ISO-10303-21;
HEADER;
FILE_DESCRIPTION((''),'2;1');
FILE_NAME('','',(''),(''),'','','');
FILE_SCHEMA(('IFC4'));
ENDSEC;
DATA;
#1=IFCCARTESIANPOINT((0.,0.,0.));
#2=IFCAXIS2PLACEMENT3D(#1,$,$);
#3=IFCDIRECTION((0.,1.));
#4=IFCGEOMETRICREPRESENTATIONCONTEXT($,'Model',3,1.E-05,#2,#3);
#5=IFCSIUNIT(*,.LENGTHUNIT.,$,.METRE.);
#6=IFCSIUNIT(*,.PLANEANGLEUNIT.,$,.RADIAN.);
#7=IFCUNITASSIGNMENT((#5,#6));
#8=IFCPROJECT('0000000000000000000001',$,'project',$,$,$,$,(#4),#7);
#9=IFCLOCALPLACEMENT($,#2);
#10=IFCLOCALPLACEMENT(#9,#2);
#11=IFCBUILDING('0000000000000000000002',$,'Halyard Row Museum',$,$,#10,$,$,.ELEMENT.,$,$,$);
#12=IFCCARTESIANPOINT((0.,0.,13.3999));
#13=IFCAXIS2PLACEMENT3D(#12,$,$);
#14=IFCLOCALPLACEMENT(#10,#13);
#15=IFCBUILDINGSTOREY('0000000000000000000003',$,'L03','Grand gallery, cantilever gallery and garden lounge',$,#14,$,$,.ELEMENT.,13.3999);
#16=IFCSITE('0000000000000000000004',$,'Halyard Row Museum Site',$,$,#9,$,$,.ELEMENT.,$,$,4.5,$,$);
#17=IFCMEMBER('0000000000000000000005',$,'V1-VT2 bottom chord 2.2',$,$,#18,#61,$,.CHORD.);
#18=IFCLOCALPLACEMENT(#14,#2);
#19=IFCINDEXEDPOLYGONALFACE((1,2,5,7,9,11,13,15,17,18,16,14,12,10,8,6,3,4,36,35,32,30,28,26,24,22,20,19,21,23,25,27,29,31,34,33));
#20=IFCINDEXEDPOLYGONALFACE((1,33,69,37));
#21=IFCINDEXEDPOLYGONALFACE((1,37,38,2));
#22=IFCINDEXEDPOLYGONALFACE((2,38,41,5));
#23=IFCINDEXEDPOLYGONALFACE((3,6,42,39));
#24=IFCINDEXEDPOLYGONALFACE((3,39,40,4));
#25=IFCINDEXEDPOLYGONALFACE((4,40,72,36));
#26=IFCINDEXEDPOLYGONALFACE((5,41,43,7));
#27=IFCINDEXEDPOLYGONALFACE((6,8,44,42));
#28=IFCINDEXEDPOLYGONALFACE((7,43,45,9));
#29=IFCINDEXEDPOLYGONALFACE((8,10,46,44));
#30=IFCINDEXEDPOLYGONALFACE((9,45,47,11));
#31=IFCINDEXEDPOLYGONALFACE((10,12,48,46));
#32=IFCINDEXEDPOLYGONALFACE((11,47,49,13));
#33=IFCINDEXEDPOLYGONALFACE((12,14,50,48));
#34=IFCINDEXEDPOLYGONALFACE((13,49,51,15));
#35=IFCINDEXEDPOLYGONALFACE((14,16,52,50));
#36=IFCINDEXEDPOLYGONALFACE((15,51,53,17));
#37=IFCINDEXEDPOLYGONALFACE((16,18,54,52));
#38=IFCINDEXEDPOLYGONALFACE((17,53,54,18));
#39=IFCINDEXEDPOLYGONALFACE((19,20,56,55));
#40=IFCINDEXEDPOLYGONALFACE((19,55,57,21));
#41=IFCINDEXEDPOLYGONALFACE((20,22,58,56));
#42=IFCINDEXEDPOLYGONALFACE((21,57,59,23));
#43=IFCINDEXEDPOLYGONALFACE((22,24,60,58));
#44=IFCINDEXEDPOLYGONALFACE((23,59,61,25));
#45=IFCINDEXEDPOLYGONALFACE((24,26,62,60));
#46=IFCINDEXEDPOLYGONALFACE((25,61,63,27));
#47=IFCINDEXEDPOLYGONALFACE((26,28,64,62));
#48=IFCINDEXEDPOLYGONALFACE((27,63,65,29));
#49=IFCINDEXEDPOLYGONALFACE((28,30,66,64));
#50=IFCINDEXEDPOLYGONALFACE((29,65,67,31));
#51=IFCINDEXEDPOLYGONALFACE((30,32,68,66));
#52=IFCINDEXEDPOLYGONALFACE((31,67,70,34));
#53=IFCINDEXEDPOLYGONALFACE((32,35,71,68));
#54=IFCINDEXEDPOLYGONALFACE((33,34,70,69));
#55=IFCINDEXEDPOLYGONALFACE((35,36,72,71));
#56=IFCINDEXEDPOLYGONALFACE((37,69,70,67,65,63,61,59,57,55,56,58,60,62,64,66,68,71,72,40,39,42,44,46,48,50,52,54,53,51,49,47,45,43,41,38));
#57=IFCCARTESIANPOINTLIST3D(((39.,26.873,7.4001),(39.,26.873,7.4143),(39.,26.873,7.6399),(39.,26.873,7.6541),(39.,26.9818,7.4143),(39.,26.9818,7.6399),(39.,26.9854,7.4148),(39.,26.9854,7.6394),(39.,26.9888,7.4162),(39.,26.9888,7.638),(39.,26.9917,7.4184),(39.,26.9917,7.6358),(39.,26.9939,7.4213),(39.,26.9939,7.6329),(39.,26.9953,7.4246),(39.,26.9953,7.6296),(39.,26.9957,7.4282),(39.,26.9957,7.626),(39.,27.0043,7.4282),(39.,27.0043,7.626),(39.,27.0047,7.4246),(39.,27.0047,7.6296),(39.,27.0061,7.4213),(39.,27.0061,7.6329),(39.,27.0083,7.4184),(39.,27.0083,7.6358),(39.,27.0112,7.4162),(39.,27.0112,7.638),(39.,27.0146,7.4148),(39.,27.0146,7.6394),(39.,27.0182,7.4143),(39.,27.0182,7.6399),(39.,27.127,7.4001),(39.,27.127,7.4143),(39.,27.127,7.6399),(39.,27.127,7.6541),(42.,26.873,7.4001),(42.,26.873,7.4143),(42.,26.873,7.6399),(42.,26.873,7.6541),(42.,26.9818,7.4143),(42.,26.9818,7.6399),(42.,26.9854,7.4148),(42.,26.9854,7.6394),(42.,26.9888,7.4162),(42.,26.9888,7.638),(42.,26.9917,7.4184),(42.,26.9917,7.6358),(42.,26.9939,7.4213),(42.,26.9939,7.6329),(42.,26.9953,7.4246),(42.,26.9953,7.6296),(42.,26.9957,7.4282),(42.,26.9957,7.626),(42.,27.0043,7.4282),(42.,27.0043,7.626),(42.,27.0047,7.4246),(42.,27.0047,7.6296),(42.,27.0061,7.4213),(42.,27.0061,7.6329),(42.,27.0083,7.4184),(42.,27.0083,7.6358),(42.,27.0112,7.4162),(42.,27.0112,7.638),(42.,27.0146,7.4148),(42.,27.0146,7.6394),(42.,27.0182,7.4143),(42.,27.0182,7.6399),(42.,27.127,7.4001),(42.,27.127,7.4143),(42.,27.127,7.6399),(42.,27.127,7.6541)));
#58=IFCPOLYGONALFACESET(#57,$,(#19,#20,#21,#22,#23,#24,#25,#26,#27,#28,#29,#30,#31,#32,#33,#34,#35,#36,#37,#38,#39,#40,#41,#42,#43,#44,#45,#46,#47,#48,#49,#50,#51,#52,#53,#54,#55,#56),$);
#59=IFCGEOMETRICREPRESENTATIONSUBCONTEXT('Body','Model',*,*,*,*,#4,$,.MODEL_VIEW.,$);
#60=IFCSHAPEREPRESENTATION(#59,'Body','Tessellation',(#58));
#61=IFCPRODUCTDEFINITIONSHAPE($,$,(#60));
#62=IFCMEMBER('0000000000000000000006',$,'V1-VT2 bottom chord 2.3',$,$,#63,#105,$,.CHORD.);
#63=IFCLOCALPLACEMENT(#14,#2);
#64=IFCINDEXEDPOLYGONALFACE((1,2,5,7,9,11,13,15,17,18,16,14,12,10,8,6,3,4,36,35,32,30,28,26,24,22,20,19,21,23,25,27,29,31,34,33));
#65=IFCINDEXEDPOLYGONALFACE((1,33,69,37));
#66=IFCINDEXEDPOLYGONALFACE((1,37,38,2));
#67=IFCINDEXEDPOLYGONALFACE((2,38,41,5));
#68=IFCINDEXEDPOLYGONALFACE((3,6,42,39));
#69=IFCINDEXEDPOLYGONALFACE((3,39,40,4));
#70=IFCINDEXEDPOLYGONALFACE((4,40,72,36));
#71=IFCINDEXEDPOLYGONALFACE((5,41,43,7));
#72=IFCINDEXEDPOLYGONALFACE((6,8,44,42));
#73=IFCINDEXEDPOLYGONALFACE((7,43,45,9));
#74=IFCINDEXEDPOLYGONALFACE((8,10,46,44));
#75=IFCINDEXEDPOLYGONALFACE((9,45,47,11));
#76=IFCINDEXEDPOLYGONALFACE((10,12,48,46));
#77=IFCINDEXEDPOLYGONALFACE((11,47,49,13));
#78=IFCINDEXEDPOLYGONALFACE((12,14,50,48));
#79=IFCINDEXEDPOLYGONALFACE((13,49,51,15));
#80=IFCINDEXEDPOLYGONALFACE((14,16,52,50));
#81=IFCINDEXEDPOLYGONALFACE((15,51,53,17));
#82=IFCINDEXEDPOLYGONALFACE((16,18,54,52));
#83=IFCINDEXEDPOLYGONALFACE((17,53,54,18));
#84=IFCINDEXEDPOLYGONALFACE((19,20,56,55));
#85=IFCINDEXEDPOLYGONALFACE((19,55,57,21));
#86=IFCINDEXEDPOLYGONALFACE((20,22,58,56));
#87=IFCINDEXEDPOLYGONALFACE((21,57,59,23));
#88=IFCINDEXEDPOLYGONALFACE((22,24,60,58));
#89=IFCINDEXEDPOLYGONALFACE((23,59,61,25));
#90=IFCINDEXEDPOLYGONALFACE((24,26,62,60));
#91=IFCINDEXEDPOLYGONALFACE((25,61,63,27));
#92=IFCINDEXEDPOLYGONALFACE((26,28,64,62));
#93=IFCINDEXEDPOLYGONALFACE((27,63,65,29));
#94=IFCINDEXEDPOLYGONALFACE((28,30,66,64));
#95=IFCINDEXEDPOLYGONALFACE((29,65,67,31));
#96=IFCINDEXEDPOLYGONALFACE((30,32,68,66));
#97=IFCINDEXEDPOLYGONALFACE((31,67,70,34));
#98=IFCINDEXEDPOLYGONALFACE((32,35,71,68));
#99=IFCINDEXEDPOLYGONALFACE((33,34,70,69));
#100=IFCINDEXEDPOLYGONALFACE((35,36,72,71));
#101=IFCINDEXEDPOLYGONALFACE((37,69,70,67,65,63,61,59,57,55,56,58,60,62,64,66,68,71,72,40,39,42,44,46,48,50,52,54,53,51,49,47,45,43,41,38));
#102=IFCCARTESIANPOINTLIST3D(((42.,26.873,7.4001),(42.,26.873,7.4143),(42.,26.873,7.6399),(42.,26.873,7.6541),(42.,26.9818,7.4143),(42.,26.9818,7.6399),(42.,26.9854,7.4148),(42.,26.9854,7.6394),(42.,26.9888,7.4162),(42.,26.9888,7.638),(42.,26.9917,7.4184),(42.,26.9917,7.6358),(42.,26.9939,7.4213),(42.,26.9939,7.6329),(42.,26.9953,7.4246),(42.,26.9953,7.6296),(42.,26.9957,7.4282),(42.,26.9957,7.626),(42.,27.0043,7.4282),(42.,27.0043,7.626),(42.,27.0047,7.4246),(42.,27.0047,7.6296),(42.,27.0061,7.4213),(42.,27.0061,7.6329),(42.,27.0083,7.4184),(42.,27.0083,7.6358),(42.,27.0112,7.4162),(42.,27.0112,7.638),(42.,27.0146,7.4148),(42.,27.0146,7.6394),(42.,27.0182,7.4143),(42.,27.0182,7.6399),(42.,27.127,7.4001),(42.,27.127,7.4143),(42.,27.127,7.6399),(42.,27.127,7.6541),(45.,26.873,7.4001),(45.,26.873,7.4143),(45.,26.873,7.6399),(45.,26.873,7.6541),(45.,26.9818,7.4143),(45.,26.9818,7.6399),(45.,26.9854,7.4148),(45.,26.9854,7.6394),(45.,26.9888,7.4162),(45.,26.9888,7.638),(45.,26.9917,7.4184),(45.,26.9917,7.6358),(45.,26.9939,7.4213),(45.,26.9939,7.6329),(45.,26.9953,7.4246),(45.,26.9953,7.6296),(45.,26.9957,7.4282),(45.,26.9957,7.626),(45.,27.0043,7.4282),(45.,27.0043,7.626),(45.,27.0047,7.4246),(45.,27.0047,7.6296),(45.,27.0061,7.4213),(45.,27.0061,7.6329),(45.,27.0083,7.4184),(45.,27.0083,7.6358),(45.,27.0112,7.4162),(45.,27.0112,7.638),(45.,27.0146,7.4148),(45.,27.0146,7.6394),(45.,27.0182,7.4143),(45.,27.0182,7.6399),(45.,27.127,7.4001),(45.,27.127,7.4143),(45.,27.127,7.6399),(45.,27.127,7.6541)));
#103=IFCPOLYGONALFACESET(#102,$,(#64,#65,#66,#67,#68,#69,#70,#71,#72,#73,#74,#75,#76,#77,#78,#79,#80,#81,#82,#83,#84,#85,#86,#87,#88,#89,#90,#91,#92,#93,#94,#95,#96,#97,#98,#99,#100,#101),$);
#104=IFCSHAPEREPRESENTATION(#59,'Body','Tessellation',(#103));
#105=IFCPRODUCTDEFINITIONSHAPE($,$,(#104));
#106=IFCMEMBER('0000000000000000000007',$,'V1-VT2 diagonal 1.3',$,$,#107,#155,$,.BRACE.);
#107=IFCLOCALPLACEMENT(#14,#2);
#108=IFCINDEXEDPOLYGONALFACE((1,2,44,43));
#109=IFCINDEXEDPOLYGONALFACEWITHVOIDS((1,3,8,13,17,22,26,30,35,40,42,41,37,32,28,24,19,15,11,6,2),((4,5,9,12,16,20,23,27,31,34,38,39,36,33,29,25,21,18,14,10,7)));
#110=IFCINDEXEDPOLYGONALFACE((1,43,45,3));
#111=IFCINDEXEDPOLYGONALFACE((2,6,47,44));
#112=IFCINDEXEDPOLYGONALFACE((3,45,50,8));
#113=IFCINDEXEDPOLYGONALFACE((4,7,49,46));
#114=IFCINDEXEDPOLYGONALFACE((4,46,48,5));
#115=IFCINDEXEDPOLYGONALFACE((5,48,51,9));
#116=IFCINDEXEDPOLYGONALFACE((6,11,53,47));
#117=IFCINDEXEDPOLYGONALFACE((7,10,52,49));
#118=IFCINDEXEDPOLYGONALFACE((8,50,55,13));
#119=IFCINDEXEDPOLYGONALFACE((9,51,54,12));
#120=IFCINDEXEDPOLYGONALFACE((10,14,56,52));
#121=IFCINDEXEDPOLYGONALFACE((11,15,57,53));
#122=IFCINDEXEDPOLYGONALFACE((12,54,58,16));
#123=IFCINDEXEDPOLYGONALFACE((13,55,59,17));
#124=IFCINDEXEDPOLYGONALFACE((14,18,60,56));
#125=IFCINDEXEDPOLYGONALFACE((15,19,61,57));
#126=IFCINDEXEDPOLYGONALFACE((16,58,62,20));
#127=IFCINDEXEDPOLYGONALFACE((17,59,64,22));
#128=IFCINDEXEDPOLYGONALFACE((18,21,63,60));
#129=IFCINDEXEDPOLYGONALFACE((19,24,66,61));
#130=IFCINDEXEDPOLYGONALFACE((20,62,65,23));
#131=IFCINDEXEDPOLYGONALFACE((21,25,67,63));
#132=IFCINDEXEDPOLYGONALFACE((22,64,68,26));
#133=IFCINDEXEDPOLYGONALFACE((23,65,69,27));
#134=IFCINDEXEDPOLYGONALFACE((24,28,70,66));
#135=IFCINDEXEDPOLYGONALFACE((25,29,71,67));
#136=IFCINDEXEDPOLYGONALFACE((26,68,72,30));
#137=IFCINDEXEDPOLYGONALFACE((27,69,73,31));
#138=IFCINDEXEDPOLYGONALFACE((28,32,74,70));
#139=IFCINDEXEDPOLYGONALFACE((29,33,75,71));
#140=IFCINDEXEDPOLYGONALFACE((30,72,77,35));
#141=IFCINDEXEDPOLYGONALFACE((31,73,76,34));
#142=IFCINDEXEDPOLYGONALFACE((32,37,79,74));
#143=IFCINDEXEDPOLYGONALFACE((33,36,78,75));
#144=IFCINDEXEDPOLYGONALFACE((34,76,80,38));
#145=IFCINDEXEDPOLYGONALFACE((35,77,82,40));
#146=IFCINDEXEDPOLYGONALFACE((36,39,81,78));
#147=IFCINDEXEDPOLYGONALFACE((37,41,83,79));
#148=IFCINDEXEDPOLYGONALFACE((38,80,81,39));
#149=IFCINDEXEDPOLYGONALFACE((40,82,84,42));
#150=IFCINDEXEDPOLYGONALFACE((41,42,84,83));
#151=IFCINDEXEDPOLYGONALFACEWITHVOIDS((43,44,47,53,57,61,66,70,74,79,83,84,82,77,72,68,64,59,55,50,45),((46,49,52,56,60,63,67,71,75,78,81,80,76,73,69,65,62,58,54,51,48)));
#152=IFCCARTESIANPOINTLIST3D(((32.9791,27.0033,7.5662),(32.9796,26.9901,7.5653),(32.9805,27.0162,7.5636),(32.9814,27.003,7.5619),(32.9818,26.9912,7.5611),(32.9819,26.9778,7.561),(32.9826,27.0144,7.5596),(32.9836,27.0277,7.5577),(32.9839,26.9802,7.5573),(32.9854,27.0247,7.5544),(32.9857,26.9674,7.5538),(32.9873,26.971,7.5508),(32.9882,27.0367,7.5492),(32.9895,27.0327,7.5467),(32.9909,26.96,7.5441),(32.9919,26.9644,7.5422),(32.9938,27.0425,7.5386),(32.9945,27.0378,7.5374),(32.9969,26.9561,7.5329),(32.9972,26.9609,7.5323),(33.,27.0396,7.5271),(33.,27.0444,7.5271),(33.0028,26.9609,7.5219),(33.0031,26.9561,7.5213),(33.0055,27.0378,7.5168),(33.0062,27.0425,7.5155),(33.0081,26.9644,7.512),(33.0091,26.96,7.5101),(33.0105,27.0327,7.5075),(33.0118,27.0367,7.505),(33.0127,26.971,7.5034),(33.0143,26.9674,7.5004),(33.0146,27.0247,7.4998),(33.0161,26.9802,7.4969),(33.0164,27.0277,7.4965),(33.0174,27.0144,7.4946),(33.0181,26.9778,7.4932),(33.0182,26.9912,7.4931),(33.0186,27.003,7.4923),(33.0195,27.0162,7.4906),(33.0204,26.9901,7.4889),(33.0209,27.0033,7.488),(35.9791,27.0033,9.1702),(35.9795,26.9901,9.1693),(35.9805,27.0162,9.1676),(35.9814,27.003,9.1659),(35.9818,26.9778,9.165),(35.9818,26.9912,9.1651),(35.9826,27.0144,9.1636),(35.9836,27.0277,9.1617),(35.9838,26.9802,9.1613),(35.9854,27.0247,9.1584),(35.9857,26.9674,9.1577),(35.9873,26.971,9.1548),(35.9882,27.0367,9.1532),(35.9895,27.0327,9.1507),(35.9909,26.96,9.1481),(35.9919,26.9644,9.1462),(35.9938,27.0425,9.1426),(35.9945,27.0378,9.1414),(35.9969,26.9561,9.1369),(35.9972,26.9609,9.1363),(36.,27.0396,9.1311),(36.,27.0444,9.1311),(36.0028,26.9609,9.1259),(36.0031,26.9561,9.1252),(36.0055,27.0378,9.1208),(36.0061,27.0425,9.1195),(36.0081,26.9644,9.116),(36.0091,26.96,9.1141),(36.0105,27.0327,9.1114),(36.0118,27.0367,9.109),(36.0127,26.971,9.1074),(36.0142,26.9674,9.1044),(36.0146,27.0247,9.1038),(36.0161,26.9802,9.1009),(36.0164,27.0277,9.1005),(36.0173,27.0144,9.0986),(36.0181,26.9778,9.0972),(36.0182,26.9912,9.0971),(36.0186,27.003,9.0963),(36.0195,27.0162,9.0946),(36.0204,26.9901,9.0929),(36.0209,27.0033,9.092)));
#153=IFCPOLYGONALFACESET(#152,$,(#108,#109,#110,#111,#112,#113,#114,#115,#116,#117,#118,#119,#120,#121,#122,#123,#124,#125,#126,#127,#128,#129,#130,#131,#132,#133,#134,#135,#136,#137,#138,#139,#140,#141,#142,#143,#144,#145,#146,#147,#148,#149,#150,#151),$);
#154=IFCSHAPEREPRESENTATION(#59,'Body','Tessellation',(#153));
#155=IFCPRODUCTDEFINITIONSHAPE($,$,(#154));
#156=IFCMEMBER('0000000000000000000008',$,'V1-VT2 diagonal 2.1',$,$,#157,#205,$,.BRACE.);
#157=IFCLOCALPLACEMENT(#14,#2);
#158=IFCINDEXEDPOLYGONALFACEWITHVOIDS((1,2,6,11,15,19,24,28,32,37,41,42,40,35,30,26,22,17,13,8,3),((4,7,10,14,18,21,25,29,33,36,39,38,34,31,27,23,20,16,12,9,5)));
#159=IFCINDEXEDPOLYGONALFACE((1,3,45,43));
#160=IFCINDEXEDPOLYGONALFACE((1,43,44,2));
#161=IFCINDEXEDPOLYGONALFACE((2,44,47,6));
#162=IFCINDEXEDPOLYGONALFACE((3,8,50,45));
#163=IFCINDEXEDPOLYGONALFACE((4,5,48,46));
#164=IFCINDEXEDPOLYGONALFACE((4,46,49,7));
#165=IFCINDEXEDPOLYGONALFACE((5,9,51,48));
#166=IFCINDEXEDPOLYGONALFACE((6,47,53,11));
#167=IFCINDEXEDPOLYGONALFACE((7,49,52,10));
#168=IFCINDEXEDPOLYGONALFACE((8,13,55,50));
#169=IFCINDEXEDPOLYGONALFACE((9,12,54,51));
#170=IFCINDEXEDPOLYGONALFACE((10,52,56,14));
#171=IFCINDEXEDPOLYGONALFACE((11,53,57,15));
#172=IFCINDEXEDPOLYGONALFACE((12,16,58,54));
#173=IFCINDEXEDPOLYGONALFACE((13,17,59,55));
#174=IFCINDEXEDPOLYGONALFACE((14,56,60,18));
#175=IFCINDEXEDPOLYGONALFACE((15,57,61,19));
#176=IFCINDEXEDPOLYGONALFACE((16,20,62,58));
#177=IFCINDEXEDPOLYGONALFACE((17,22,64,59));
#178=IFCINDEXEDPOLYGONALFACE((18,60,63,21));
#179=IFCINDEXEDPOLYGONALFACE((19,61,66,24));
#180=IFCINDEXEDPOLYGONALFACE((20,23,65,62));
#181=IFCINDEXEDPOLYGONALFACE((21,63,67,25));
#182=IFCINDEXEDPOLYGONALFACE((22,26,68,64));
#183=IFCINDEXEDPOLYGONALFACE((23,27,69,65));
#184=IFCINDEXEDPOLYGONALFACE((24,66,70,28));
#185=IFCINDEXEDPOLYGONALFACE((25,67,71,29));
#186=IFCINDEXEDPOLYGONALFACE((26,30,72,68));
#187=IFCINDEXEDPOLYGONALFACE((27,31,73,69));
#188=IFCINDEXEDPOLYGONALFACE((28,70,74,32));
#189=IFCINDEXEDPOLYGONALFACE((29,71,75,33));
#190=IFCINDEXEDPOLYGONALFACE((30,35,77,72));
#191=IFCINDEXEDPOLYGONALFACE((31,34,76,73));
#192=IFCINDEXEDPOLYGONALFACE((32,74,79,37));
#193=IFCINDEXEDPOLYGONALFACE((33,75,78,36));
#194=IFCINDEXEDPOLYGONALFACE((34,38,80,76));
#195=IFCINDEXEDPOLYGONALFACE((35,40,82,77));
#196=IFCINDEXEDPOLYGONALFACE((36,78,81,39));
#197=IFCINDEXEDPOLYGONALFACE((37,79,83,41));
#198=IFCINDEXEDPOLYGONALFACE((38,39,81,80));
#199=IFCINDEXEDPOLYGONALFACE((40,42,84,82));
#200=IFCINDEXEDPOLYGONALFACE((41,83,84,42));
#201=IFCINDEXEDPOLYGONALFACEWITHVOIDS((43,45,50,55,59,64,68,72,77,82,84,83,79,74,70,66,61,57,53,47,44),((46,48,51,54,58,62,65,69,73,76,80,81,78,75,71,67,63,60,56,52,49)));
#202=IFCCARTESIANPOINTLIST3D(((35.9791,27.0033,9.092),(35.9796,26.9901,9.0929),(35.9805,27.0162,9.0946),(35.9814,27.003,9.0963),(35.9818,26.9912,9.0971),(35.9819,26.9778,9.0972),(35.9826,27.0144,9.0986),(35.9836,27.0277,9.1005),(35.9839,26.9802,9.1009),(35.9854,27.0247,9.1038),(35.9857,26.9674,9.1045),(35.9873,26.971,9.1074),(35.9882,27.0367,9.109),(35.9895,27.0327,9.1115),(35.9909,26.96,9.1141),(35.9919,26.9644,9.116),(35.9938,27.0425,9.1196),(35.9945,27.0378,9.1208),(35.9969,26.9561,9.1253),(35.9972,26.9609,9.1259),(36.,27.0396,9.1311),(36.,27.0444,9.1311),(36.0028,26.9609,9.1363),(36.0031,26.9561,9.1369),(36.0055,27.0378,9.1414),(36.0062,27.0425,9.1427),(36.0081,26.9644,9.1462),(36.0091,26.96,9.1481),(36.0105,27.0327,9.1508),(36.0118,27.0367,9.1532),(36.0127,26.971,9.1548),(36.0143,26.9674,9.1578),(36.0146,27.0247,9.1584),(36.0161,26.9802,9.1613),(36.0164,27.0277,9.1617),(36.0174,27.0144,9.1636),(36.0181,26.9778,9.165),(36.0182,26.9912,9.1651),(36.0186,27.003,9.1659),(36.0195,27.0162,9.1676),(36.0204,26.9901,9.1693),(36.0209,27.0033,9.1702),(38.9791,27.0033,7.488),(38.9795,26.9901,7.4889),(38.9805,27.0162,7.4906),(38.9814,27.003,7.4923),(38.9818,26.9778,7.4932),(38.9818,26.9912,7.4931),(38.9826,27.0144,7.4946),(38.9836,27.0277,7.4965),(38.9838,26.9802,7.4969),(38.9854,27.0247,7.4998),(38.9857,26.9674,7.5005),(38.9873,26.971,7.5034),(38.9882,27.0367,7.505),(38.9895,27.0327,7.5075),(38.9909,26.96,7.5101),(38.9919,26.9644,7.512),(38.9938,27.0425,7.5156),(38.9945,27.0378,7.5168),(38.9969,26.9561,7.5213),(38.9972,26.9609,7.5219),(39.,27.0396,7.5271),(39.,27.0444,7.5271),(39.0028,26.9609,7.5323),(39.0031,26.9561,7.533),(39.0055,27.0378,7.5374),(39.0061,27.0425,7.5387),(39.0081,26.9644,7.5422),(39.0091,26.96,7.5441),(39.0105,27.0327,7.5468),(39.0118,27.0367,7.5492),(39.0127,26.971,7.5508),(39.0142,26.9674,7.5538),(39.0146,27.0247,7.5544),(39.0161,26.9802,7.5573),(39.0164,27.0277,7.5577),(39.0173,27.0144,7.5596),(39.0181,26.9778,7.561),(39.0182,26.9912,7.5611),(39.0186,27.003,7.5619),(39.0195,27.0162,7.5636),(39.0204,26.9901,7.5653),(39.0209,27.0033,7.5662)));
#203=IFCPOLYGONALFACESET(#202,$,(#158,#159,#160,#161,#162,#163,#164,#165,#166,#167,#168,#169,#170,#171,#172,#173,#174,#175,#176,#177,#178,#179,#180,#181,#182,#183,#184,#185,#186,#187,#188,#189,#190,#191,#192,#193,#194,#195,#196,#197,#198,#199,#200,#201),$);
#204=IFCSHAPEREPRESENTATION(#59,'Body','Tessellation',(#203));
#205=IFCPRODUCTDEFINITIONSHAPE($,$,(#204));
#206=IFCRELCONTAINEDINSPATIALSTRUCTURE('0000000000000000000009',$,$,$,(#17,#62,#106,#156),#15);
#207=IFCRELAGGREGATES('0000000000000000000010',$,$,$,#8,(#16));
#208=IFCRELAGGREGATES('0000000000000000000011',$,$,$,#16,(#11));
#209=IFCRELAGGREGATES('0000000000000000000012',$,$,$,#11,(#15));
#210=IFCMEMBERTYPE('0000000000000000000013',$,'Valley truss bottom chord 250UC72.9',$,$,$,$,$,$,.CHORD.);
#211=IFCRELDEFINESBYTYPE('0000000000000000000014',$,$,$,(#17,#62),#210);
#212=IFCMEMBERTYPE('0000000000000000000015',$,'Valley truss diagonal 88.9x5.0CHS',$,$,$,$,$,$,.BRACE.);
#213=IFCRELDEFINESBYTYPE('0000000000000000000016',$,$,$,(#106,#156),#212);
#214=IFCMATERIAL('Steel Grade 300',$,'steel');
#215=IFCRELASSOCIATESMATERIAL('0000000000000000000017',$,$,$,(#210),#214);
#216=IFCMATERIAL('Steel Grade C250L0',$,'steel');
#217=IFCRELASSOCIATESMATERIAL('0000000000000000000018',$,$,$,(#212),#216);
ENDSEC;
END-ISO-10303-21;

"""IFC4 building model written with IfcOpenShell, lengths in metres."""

from ifc_helpers import new_model, si_unit, direction, frame, origin, origin_2d, place, context, subcontext, project, spatial, hollow_circle, i_section, extrude, material, material_profile, profile_set, type_object, element, save


model = new_model("IFC4")

# Units and contexts
model_context = context("Model", 3, precision=1e-05, world=origin(), true_north=direction((0.0, 1.0)))
body_context = subcontext(model_context, "Body", "Model", "MODEL_VIEW")
ifc_project = project(units=[si_unit("LENGTHUNIT", "METRE"), si_unit("PLANEANGLEUNIT", "RADIAN")], contexts=[model_context])

# Site, building, storey
site_placement = place(None, origin())
site = spatial("IfcSite", under=ifc_project, at=site_placement, Name="Halyard Row Museum Site", CompositionType="ELEMENT", RefElevation=4.5)
building_placement = place(site_placement, origin())
building = spatial("IfcBuilding", under=site, at=building_placement, Name="Halyard Row Museum", CompositionType="ELEMENT")
storey_placement = place(building_placement, frame((0.0, 0.0, 13.3999)))
storey = spatial("IfcBuildingStorey", under=building, at=storey_placement, Name="L03", Description="Grand gallery, cantilever gallery and garden lounge", CompositionType="ELEMENT", Elevation=13.3999)

# Members
ifc_material_1 = material(Name="Steel Grade 300", Category="steel")
ifc_material_profile_1 = material_profile(ifc_material_1, i_section(OverallWidth=0.2539, OverallDepth=0.2539, WebThickness=0.0085, FlangeThickness=0.0142, FilletRadius=0.0139, at=origin_2d()), Name="250UC72.9")
ifc_profile_set_1 = profile_set([ifc_material_profile_1], Name="Steel Grade 300")
member_type_1 = type_object("IfcMemberType", Name="Valley truss bottom chord 250UC72.9", PredefinedType="CHORD", material=ifc_profile_set_1)
for number, where, z_axis, x_axis, name in (
    (1, (39.0, 27.0, 7.5271), (1.0, 0.0, 0.0), (0.0, 1.0, 0.0), "V1-VT2 bottom chord 2.2"),
    (2, (42.0, 27.0, 7.5271), (1.0, 0.0, 0.0), (0.0, 1.0, 0.0), "V1-VT2 bottom chord 2.3"),
):
    element("IfcMember", number, at=place(storey_placement, frame(where, z_axis=z_axis, x_axis=x_axis)), inside=storey, type_object=member_type_1, Name=name, PredefinedType="CHORD", context=body_context, shape_type="SweptSolid", body=[
        extrude(i_section(OverallWidth=0.2539, OverallDepth=0.2539, WebThickness=0.0085, FlangeThickness=0.0142, FilletRadius=0.0139, at=origin_2d()), origin(), (0.0, 0.0, 1.0), 3.0),
    ])
ifc_material_2 = material(Name="Steel Grade C250L0", Category="steel")
ifc_material_profile_2 = material_profile(ifc_material_2, hollow_circle(Radius=0.0444, WallThickness=0.0049, at=origin_2d()), Name="88.9x5.0CHS")
ifc_profile_set_2 = profile_set([ifc_material_profile_2], Name="Steel Grade C250L0")
member_type_2 = type_object("IfcMemberType", Name="Valley truss diagonal 88.9x5.0CHS", PredefinedType="BRACE", material=ifc_profile_set_2)
for number, where, z_axis, x_axis, name in (
    (3, (33.0, 27.0, 7.5271), (0.881864, 0.0, 0.471504), (0.0, 1.0, 0.0), "V1-VT2 diagonal 1.3"),
    (4, (36.0, 27.0, 9.1311), (0.881864, 0.0, -0.471504), (0.0, 1.0, 0.0), "V1-VT2 diagonal 2.1"),
):
    element("IfcMember", number, at=place(storey_placement, frame(where, z_axis=z_axis, x_axis=x_axis)), inside=storey, type_object=member_type_2, Name=name, PredefinedType="BRACE", context=body_context, shape_type="SweptSolid", body=[
        extrude(hollow_circle(Radius=0.0444, WallThickness=0.0049, at=origin_2d()), origin(), (0.0, 0.0, 1.0), 3.4019),
    ])

save(model, "model.ifc")
